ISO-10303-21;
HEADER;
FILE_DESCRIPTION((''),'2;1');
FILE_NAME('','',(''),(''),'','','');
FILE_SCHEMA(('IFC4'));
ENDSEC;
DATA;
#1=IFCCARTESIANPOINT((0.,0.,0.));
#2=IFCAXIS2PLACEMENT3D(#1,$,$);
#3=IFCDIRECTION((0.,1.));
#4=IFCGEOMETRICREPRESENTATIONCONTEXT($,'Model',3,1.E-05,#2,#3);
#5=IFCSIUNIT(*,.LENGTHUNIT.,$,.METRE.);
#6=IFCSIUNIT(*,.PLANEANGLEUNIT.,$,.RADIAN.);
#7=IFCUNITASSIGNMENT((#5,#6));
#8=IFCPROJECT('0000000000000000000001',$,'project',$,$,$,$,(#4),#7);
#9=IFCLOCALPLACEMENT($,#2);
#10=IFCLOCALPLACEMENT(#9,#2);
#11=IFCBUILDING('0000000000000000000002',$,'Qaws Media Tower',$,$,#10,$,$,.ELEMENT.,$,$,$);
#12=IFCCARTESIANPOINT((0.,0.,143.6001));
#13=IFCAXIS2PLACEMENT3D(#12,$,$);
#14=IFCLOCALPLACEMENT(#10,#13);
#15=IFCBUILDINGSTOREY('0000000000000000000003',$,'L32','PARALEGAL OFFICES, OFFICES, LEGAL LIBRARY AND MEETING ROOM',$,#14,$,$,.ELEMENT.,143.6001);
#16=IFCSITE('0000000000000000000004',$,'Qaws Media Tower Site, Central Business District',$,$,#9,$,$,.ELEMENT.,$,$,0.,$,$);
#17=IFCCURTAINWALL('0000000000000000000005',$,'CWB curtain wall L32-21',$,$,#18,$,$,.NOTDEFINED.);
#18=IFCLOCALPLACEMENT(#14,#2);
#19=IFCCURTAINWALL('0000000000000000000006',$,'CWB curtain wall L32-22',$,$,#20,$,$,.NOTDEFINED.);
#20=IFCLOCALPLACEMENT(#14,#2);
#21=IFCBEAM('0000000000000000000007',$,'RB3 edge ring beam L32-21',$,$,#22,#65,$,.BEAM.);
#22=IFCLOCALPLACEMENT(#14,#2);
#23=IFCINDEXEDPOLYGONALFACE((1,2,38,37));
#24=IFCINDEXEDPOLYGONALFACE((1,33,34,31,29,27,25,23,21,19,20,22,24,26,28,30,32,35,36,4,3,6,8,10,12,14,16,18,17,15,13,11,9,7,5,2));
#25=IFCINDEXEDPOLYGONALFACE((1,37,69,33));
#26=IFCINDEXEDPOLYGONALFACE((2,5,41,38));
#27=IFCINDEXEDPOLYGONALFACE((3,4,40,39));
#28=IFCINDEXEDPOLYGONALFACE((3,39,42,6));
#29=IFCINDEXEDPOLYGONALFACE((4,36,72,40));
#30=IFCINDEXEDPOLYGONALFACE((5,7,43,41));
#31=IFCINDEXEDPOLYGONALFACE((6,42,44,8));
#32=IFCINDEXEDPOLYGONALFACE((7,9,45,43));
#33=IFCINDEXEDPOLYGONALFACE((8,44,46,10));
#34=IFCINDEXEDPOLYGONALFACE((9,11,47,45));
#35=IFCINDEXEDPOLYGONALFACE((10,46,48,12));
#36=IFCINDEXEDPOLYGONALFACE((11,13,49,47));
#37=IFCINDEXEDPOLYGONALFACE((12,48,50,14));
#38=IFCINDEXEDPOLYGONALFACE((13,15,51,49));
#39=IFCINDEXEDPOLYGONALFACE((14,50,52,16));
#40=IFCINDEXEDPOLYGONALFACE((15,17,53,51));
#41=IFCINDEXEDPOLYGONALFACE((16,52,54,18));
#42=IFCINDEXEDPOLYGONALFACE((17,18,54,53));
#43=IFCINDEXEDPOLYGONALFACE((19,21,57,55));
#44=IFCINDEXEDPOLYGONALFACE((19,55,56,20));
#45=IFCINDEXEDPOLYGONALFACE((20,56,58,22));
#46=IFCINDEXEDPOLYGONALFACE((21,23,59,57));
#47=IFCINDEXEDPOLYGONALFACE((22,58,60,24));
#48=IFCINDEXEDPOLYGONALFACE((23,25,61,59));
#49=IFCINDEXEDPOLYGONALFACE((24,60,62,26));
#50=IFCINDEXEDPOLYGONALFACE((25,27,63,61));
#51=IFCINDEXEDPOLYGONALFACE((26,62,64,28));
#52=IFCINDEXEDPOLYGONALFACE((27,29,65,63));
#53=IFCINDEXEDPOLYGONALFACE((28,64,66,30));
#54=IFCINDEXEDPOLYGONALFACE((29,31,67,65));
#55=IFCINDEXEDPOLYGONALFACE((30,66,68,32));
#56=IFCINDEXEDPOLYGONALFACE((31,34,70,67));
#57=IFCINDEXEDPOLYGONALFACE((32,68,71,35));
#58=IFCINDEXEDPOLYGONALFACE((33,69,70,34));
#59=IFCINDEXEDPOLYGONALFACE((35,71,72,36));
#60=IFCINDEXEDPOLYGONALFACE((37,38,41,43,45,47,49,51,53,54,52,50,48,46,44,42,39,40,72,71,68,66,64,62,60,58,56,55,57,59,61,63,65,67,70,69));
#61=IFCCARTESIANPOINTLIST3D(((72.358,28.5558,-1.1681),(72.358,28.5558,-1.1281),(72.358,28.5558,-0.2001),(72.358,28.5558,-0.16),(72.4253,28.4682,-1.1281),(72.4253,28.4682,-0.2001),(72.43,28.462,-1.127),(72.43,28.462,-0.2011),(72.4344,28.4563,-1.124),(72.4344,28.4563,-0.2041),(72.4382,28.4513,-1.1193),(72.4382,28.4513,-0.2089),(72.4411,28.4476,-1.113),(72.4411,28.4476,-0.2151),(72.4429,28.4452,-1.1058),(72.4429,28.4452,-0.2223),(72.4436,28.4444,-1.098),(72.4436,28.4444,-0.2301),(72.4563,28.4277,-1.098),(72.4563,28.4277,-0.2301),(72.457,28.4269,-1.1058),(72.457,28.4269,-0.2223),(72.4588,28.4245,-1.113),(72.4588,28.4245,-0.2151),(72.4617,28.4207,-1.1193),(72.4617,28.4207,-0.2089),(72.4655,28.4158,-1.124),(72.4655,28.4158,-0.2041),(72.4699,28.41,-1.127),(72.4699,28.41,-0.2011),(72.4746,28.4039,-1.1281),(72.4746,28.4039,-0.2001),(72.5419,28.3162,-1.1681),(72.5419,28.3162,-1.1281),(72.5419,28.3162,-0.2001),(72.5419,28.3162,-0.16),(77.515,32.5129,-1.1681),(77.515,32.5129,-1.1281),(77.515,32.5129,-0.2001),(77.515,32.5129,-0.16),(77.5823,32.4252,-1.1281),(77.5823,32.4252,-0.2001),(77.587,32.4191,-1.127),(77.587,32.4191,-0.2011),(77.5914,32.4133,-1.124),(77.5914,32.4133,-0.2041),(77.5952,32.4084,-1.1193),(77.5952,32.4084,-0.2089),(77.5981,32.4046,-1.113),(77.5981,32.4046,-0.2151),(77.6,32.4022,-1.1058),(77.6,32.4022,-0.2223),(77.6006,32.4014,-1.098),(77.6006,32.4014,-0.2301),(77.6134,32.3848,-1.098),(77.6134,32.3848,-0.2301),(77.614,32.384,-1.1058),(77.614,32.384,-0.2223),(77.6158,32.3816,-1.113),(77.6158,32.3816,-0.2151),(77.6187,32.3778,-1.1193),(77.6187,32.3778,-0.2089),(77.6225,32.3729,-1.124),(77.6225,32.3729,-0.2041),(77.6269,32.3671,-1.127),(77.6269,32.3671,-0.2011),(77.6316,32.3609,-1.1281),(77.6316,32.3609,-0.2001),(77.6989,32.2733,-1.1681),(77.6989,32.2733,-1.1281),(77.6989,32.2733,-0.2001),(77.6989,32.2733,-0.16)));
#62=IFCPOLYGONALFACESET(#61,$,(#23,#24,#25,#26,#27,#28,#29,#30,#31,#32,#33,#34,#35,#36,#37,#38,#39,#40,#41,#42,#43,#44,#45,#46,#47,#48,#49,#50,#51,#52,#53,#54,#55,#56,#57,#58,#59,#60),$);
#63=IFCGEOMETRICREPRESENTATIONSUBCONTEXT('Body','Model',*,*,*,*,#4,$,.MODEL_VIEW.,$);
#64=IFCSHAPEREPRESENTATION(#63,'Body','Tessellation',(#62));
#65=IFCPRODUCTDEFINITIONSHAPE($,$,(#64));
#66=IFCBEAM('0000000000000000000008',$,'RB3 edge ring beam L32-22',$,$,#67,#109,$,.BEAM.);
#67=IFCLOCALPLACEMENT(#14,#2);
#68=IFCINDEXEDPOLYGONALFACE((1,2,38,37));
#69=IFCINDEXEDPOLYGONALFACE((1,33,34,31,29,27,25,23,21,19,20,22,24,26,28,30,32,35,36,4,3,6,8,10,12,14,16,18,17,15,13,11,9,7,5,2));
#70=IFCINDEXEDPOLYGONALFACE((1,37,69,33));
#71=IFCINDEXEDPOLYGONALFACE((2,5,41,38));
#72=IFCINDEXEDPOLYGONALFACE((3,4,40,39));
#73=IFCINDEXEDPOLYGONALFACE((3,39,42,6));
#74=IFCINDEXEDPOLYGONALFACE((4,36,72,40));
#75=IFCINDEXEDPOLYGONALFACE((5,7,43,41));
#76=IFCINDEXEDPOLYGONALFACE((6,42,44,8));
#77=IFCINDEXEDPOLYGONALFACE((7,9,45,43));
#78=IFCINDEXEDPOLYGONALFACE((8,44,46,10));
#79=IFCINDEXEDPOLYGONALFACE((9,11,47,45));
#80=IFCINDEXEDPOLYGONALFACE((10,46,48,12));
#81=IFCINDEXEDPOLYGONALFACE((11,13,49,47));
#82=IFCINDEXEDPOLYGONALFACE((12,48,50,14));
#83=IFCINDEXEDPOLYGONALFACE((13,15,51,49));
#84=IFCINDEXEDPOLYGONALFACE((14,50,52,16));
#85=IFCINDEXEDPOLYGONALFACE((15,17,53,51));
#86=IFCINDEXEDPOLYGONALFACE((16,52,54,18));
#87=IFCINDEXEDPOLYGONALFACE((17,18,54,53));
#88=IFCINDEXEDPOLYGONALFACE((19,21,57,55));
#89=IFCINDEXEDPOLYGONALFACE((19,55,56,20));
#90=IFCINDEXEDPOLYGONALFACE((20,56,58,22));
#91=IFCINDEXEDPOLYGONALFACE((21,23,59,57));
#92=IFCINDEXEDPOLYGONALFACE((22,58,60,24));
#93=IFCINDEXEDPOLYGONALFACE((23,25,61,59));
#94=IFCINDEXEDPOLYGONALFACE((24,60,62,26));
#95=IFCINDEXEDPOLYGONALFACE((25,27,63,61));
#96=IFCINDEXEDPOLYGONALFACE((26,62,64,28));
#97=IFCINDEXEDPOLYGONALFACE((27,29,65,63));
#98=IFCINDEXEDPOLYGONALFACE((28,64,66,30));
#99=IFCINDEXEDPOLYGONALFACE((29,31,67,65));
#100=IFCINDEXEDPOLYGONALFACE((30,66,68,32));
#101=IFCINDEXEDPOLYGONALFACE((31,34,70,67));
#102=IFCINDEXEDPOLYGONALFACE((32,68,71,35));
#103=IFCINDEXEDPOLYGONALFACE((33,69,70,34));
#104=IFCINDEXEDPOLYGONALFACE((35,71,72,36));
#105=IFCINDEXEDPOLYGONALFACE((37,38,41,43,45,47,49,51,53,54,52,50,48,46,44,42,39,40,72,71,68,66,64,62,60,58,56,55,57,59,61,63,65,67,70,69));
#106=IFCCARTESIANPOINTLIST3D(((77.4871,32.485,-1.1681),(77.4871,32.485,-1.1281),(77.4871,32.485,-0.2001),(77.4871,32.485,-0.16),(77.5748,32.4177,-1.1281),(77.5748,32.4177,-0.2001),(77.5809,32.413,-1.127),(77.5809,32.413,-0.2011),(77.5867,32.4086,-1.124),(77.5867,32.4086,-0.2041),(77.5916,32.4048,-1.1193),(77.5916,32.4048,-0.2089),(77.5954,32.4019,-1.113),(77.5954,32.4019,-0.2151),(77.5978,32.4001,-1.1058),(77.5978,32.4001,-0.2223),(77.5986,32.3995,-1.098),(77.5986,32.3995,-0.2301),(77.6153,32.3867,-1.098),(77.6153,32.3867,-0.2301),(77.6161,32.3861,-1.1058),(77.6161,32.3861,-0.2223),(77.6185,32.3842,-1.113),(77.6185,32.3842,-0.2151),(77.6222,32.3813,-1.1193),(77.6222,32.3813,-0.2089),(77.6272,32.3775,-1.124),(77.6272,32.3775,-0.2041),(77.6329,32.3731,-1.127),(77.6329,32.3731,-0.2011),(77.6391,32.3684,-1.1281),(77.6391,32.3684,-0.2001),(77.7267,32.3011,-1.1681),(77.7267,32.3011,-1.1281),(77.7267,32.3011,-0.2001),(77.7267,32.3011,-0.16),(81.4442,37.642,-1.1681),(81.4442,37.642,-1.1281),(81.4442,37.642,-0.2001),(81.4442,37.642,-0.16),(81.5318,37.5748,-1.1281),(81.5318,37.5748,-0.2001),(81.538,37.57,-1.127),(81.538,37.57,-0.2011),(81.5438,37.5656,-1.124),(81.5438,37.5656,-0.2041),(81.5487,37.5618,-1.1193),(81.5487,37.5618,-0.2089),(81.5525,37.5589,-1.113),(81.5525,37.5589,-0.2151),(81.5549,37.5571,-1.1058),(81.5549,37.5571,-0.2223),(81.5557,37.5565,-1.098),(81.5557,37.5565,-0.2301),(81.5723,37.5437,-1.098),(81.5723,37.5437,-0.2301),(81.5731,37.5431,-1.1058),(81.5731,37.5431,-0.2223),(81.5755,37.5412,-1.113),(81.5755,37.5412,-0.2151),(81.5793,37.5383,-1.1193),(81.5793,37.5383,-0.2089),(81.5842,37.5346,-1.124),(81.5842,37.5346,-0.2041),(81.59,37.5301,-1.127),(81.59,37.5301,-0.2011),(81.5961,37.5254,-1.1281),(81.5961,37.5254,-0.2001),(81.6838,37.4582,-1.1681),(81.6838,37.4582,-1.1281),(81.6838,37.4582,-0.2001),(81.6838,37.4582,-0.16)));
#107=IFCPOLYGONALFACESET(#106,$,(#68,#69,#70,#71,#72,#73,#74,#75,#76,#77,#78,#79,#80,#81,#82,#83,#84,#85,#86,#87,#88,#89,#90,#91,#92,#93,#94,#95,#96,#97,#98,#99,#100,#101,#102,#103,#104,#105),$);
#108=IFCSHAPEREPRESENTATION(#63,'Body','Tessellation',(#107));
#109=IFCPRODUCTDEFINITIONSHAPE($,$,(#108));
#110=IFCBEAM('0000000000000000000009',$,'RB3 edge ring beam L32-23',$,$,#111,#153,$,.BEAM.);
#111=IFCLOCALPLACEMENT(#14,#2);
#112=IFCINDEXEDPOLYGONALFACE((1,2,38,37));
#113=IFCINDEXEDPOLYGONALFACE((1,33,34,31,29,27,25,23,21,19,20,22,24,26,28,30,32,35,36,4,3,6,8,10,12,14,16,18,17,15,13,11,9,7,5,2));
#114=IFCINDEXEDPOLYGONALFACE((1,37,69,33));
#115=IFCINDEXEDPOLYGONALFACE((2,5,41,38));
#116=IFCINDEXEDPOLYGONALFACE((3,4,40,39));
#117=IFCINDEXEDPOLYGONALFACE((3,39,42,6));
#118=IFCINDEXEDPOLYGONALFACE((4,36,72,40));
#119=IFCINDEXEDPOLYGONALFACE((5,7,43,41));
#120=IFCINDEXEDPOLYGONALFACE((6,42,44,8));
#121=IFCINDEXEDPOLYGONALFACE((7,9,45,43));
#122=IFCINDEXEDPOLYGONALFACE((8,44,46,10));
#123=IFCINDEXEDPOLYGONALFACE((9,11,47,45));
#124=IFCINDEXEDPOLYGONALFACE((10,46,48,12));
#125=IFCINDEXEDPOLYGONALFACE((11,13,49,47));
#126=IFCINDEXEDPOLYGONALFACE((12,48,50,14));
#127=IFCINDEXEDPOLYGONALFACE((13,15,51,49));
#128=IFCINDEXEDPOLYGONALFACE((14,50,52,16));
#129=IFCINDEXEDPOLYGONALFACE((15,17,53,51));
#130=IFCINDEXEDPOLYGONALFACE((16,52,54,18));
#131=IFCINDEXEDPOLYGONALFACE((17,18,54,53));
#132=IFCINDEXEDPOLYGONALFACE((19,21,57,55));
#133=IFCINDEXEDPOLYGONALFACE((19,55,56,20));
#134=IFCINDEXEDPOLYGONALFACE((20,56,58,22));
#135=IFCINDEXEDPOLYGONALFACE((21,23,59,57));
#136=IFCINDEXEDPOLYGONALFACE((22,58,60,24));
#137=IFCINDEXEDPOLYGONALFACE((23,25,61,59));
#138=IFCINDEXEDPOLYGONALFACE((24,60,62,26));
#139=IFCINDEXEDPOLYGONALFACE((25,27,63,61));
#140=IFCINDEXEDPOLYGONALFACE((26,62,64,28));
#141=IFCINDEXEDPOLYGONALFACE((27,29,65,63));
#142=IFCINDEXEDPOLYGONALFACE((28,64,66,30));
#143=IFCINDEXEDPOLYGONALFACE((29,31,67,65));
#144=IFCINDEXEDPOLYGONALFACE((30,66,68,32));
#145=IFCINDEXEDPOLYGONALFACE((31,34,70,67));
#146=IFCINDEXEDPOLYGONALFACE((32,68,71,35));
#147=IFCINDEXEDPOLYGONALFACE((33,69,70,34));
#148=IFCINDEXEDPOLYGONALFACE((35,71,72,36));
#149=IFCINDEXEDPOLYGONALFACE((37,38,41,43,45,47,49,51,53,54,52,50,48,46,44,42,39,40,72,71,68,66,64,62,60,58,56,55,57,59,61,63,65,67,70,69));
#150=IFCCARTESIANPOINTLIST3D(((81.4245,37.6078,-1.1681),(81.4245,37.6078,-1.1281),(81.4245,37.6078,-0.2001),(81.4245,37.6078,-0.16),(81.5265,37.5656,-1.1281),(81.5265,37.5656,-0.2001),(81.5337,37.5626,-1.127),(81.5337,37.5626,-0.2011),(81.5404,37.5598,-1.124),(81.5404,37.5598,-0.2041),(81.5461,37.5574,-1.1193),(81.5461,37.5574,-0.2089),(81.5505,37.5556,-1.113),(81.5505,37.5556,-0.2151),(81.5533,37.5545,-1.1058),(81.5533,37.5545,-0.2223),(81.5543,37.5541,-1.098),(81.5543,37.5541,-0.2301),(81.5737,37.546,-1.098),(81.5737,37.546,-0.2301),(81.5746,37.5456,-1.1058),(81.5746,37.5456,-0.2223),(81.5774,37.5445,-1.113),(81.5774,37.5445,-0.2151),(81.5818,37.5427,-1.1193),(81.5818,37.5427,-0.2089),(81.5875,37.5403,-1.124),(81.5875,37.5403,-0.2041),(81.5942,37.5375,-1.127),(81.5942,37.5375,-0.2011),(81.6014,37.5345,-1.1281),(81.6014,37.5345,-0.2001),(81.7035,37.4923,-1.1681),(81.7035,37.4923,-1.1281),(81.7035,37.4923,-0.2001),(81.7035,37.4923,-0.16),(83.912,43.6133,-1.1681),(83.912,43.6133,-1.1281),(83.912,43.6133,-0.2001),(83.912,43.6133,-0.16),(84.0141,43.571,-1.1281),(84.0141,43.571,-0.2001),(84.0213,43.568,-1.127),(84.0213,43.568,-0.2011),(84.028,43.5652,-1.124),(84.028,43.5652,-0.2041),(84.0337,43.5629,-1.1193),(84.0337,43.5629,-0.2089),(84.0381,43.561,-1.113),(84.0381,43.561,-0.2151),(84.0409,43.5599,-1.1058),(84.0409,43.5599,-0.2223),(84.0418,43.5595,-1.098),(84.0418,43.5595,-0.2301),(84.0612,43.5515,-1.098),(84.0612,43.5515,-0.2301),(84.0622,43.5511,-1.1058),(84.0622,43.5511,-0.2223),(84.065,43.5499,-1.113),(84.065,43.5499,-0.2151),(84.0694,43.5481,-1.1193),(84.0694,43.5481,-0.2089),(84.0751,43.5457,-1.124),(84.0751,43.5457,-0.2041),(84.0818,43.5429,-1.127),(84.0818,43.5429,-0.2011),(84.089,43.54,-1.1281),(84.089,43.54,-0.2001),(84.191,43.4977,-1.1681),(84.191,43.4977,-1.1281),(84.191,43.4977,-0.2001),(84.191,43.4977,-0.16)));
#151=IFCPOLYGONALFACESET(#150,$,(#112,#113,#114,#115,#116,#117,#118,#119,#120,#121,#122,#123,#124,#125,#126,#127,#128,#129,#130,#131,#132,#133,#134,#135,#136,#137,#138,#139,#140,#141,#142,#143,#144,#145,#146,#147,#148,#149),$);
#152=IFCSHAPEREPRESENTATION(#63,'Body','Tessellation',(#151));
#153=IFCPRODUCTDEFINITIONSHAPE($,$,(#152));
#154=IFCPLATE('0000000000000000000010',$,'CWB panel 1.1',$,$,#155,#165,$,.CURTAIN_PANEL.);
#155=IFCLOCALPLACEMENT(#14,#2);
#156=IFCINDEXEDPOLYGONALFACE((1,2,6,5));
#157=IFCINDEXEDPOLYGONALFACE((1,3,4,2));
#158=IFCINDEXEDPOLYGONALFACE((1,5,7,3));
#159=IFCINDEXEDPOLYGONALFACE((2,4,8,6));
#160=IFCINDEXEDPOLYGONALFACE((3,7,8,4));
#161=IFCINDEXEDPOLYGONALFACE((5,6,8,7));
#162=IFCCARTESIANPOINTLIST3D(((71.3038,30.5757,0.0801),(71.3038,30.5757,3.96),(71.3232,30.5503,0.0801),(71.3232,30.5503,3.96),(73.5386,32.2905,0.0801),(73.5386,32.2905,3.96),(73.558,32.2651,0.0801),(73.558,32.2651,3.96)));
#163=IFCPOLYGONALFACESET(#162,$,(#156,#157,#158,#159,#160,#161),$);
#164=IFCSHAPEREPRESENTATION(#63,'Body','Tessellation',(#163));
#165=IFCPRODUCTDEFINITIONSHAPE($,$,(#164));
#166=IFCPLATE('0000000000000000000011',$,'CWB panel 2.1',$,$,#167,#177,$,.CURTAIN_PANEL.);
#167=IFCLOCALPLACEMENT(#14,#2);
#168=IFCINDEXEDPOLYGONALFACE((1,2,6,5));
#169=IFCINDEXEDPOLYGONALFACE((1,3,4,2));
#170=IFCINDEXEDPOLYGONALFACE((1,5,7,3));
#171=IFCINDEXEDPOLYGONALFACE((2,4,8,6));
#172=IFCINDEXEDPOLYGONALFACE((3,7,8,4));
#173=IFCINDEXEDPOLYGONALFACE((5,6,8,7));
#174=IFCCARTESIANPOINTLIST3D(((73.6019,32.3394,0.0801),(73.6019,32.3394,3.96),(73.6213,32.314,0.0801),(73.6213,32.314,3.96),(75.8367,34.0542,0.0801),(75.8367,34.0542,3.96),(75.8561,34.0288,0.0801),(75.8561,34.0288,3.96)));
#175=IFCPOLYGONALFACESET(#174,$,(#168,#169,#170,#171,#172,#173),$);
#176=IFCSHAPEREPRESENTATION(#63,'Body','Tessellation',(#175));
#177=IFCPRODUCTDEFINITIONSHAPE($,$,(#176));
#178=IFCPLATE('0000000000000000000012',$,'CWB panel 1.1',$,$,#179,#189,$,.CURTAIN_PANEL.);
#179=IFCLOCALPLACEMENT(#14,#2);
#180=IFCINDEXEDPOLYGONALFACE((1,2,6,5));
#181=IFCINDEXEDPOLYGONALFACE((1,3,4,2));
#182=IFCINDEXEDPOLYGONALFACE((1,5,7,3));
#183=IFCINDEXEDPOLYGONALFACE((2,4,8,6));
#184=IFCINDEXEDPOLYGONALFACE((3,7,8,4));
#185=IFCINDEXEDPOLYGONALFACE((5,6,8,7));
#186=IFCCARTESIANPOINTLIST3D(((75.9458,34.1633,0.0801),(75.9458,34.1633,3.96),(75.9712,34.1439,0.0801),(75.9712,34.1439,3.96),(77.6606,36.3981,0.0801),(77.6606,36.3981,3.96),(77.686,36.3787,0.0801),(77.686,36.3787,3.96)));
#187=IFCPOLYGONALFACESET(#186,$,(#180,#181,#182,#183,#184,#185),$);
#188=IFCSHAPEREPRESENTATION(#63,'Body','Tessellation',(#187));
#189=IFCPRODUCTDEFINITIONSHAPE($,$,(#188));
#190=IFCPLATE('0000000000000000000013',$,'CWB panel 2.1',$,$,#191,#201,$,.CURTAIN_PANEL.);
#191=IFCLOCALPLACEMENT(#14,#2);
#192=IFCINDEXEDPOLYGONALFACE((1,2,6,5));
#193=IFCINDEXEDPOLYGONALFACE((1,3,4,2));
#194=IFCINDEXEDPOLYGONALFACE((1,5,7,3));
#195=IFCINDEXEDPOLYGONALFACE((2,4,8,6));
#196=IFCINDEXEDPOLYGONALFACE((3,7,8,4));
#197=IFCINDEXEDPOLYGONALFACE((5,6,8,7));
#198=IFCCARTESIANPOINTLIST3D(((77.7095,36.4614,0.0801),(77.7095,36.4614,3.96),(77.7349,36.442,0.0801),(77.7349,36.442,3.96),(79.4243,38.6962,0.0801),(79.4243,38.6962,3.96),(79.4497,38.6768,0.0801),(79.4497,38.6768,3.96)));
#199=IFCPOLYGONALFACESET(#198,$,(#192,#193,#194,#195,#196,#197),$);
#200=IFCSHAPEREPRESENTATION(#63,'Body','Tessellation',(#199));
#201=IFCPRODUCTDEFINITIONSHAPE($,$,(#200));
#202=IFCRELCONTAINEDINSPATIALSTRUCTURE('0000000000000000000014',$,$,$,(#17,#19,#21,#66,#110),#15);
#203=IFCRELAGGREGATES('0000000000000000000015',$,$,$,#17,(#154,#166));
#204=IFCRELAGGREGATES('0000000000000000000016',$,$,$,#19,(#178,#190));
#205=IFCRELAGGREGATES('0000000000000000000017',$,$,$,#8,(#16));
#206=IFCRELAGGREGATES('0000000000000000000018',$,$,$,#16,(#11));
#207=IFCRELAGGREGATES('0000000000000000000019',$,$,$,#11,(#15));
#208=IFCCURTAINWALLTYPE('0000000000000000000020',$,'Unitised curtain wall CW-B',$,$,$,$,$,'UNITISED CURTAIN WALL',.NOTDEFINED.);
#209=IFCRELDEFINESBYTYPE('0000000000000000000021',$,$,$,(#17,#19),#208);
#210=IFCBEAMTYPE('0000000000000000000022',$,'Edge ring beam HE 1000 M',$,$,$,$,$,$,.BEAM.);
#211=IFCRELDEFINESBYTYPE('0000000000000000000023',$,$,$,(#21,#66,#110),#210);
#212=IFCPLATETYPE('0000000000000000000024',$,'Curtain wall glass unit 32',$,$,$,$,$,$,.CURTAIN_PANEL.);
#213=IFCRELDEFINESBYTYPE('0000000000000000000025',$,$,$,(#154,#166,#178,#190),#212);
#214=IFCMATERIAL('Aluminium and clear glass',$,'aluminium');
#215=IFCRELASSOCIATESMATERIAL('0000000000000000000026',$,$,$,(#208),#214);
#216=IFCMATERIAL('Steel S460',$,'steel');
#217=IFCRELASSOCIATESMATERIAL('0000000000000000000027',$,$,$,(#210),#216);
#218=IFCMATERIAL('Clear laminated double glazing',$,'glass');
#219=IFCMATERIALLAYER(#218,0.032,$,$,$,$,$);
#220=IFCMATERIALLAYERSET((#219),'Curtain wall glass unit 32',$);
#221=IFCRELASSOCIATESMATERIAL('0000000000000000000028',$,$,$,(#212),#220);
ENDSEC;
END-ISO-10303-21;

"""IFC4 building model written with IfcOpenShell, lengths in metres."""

from ifc_helpers import new_model, si_unit, direction, frame, origin, origin_2d, place, context, subcontext, project, spatial, rectangle, i_section, extrude, material, layer, layer_set, material_profile, profile_set, type_object, element, aggregate, save


model = new_model("IFC4")

# Units and contexts
model_context = context("Model", 3, precision=1e-05, world=origin(), true_north=direction((0.0, 1.0)))
body_context = subcontext(model_context, "Body", "Model", "MODEL_VIEW")
ifc_project = project(units=[si_unit("LENGTHUNIT", "METRE"), si_unit("PLANEANGLEUNIT", "RADIAN")], contexts=[model_context])

# Site, building, storey
site_placement = place(None, origin())
site = spatial("IfcSite", under=ifc_project, at=site_placement, Name="Qaws Media Tower Site, Central Business District", CompositionType="ELEMENT", RefElevation=0.0)
building_placement = place(site_placement, origin())
building = spatial("IfcBuilding", under=site, at=building_placement, Name="Qaws Media Tower", CompositionType="ELEMENT")
storey_placement = place(building_placement, frame((0.0, 0.0, 143.6001)))
storey = spatial("IfcBuildingStorey", under=building, at=storey_placement, Name="L32", Description="PARALEGAL OFFICES, OFFICES, LEGAL LIBRARY AND MEETING ROOM", CompositionType="ELEMENT", Elevation=143.6001)

# Curtain walls
ifc_material_1 = material(Name="Aluminium and clear glass", Category="aluminium")
curtain_wall_type = type_object("IfcCurtainWallType", Name="Unitised curtain wall CW-B", ElementType="UNITISED CURTAIN WALL", PredefinedType="NOTDEFINED", material=ifc_material_1)
curtain_wall_1_placement = place(storey_placement, origin())
curtain_wall_1 = element("IfcCurtainWall", 1, at=curtain_wall_1_placement, inside=storey, type_object=curtain_wall_type, Name="CWB curtain wall L32-21", PredefinedType="NOTDEFINED")
curtain_wall_2_placement = place(storey_placement, origin())
curtain_wall_2 = element("IfcCurtainWall", 2, at=curtain_wall_2_placement, inside=storey, type_object=curtain_wall_type, Name="CWB curtain wall L32-22", PredefinedType="NOTDEFINED")

# Beams
ifc_material_2 = material(Name="Steel S460", Category="steel")
ifc_material_profile_1 = material_profile(ifc_material_2, i_section(OverallWidth=0.302, OverallDepth=1.0081, WebThickness=0.021, FlangeThickness=0.04, FilletRadius=0.03, at=origin_2d()), Name="HE 1000 M")
ifc_profile_set_1 = profile_set([ifc_material_profile_1], Name="Steel S460")
beam_type = type_object("IfcBeamType", Name="Edge ring beam HE 1000 M", PredefinedType="BEAM", material=ifc_profile_set_1)
for number, where, z_axis, x_axis, name in (
    (3, (72.45, 28.436, -0.6641), (0.793358, 0.608756, 0.0), (-0.608756, 0.793358, 0.0), "RB3 edge ring beam L32-21"),
    (4, (77.6069, 32.3931, -0.6641), (0.608756, 0.793358, 0.0), (-0.793358, 0.608756, 0.0), "RB3 edge ring beam L32-22"),
    (5, (81.564, 37.55, -0.6641), (0.382689, 0.923877, 0.0), (-0.923877, 0.382689, 0.0), "RB3 edge ring beam L32-23"),
):
    element("IfcBeam", number, at=place(storey_placement, frame(where, z_axis=z_axis, x_axis=x_axis)), inside=storey, type_object=beam_type, Name=name, PredefinedType="BEAM", context=body_context, shape_type="SweptSolid", body=[
        extrude(i_section(OverallWidth=0.302, OverallDepth=1.0081, WebThickness=0.021, FlangeThickness=0.04, FilletRadius=0.03, at=origin_2d()), origin(), (0.0, 0.0, 1.0), 6.5002),
    ])

# Plates
ifc_material_3 = material(Name="Clear laminated double glazing", Category="glass")
ifc_layer_1 = layer(ifc_material_3, 0.032)
ifc_layer_set_1 = layer_set([ifc_layer_1], Name="Curtain wall glass unit 32")
plate_type_1 = type_object("IfcPlateType", Name="Curtain wall glass unit 32", PredefinedType="CURTAIN_PANEL", material=ifc_layer_set_1)
plate_1_placement = place(storey_placement, frame((72.4309, 31.4204, 0.0801), z_axis=(0.0, 0.0, 1.0), x_axis=(0.793353, 0.608761, 0.0)))
plate_1 = element("IfcPlate", 6, at=plate_1_placement, type_object=plate_type_1, Name="CWB panel 1.1", PredefinedType="CURTAIN_PANEL", context=body_context, shape_type="SweptSolid", body=[
    extrude(rectangle(XDim=2.8169, YDim=0.032, at=origin_2d()), origin(), (0.0, 0.0, 1.0), 3.8799),
])
plate_2_placement = place(storey_placement, frame((74.729, 33.1841, 0.0801), z_axis=(0.0, 0.0, 1.0), x_axis=(0.793353, 0.608761, 0.0)))
plate_2 = element("IfcPlate", 7, at=plate_2_placement, type_object=plate_type_1, Name="CWB panel 2.1", PredefinedType="CURTAIN_PANEL", context=body_context, shape_type="SweptSolid", body=[
    extrude(rectangle(XDim=2.8169, YDim=0.032, at=origin_2d()), origin(), (0.0, 0.0, 1.0), 3.8799),
])
aggregate(curtain_wall_1, [plate_1, plate_2])
plate_3_placement = place(storey_placement, frame((76.8159, 35.271, 0.0801), z_axis=(0.0, 0.0, 1.0), x_axis=(0.608761, 0.793353, 0.0)))
plate_3 = element("IfcPlate", 8, at=plate_3_placement, type_object=plate_type_1, Name="CWB panel 1.1", PredefinedType="CURTAIN_PANEL", context=body_context, shape_type="SweptSolid", body=[
    extrude(rectangle(XDim=2.8169, YDim=0.032, at=origin_2d()), origin(), (0.0, 0.0, 1.0), 3.8799),
])
plate_4_placement = place(storey_placement, frame((78.5796, 37.5691, 0.0801), z_axis=(0.0, 0.0, 1.0), x_axis=(0.608761, 0.793353, 0.0)))
plate_4 = element("IfcPlate", 9, at=plate_4_placement, type_object=plate_type_1, Name="CWB panel 2.1", PredefinedType="CURTAIN_PANEL", context=body_context, shape_type="SweptSolid", body=[
    extrude(rectangle(XDim=2.8169, YDim=0.032, at=origin_2d()), origin(), (0.0, 0.0, 1.0), 3.8799),
])
aggregate(curtain_wall_2, [plate_3, plate_4])

save(model, "model.ifc")
